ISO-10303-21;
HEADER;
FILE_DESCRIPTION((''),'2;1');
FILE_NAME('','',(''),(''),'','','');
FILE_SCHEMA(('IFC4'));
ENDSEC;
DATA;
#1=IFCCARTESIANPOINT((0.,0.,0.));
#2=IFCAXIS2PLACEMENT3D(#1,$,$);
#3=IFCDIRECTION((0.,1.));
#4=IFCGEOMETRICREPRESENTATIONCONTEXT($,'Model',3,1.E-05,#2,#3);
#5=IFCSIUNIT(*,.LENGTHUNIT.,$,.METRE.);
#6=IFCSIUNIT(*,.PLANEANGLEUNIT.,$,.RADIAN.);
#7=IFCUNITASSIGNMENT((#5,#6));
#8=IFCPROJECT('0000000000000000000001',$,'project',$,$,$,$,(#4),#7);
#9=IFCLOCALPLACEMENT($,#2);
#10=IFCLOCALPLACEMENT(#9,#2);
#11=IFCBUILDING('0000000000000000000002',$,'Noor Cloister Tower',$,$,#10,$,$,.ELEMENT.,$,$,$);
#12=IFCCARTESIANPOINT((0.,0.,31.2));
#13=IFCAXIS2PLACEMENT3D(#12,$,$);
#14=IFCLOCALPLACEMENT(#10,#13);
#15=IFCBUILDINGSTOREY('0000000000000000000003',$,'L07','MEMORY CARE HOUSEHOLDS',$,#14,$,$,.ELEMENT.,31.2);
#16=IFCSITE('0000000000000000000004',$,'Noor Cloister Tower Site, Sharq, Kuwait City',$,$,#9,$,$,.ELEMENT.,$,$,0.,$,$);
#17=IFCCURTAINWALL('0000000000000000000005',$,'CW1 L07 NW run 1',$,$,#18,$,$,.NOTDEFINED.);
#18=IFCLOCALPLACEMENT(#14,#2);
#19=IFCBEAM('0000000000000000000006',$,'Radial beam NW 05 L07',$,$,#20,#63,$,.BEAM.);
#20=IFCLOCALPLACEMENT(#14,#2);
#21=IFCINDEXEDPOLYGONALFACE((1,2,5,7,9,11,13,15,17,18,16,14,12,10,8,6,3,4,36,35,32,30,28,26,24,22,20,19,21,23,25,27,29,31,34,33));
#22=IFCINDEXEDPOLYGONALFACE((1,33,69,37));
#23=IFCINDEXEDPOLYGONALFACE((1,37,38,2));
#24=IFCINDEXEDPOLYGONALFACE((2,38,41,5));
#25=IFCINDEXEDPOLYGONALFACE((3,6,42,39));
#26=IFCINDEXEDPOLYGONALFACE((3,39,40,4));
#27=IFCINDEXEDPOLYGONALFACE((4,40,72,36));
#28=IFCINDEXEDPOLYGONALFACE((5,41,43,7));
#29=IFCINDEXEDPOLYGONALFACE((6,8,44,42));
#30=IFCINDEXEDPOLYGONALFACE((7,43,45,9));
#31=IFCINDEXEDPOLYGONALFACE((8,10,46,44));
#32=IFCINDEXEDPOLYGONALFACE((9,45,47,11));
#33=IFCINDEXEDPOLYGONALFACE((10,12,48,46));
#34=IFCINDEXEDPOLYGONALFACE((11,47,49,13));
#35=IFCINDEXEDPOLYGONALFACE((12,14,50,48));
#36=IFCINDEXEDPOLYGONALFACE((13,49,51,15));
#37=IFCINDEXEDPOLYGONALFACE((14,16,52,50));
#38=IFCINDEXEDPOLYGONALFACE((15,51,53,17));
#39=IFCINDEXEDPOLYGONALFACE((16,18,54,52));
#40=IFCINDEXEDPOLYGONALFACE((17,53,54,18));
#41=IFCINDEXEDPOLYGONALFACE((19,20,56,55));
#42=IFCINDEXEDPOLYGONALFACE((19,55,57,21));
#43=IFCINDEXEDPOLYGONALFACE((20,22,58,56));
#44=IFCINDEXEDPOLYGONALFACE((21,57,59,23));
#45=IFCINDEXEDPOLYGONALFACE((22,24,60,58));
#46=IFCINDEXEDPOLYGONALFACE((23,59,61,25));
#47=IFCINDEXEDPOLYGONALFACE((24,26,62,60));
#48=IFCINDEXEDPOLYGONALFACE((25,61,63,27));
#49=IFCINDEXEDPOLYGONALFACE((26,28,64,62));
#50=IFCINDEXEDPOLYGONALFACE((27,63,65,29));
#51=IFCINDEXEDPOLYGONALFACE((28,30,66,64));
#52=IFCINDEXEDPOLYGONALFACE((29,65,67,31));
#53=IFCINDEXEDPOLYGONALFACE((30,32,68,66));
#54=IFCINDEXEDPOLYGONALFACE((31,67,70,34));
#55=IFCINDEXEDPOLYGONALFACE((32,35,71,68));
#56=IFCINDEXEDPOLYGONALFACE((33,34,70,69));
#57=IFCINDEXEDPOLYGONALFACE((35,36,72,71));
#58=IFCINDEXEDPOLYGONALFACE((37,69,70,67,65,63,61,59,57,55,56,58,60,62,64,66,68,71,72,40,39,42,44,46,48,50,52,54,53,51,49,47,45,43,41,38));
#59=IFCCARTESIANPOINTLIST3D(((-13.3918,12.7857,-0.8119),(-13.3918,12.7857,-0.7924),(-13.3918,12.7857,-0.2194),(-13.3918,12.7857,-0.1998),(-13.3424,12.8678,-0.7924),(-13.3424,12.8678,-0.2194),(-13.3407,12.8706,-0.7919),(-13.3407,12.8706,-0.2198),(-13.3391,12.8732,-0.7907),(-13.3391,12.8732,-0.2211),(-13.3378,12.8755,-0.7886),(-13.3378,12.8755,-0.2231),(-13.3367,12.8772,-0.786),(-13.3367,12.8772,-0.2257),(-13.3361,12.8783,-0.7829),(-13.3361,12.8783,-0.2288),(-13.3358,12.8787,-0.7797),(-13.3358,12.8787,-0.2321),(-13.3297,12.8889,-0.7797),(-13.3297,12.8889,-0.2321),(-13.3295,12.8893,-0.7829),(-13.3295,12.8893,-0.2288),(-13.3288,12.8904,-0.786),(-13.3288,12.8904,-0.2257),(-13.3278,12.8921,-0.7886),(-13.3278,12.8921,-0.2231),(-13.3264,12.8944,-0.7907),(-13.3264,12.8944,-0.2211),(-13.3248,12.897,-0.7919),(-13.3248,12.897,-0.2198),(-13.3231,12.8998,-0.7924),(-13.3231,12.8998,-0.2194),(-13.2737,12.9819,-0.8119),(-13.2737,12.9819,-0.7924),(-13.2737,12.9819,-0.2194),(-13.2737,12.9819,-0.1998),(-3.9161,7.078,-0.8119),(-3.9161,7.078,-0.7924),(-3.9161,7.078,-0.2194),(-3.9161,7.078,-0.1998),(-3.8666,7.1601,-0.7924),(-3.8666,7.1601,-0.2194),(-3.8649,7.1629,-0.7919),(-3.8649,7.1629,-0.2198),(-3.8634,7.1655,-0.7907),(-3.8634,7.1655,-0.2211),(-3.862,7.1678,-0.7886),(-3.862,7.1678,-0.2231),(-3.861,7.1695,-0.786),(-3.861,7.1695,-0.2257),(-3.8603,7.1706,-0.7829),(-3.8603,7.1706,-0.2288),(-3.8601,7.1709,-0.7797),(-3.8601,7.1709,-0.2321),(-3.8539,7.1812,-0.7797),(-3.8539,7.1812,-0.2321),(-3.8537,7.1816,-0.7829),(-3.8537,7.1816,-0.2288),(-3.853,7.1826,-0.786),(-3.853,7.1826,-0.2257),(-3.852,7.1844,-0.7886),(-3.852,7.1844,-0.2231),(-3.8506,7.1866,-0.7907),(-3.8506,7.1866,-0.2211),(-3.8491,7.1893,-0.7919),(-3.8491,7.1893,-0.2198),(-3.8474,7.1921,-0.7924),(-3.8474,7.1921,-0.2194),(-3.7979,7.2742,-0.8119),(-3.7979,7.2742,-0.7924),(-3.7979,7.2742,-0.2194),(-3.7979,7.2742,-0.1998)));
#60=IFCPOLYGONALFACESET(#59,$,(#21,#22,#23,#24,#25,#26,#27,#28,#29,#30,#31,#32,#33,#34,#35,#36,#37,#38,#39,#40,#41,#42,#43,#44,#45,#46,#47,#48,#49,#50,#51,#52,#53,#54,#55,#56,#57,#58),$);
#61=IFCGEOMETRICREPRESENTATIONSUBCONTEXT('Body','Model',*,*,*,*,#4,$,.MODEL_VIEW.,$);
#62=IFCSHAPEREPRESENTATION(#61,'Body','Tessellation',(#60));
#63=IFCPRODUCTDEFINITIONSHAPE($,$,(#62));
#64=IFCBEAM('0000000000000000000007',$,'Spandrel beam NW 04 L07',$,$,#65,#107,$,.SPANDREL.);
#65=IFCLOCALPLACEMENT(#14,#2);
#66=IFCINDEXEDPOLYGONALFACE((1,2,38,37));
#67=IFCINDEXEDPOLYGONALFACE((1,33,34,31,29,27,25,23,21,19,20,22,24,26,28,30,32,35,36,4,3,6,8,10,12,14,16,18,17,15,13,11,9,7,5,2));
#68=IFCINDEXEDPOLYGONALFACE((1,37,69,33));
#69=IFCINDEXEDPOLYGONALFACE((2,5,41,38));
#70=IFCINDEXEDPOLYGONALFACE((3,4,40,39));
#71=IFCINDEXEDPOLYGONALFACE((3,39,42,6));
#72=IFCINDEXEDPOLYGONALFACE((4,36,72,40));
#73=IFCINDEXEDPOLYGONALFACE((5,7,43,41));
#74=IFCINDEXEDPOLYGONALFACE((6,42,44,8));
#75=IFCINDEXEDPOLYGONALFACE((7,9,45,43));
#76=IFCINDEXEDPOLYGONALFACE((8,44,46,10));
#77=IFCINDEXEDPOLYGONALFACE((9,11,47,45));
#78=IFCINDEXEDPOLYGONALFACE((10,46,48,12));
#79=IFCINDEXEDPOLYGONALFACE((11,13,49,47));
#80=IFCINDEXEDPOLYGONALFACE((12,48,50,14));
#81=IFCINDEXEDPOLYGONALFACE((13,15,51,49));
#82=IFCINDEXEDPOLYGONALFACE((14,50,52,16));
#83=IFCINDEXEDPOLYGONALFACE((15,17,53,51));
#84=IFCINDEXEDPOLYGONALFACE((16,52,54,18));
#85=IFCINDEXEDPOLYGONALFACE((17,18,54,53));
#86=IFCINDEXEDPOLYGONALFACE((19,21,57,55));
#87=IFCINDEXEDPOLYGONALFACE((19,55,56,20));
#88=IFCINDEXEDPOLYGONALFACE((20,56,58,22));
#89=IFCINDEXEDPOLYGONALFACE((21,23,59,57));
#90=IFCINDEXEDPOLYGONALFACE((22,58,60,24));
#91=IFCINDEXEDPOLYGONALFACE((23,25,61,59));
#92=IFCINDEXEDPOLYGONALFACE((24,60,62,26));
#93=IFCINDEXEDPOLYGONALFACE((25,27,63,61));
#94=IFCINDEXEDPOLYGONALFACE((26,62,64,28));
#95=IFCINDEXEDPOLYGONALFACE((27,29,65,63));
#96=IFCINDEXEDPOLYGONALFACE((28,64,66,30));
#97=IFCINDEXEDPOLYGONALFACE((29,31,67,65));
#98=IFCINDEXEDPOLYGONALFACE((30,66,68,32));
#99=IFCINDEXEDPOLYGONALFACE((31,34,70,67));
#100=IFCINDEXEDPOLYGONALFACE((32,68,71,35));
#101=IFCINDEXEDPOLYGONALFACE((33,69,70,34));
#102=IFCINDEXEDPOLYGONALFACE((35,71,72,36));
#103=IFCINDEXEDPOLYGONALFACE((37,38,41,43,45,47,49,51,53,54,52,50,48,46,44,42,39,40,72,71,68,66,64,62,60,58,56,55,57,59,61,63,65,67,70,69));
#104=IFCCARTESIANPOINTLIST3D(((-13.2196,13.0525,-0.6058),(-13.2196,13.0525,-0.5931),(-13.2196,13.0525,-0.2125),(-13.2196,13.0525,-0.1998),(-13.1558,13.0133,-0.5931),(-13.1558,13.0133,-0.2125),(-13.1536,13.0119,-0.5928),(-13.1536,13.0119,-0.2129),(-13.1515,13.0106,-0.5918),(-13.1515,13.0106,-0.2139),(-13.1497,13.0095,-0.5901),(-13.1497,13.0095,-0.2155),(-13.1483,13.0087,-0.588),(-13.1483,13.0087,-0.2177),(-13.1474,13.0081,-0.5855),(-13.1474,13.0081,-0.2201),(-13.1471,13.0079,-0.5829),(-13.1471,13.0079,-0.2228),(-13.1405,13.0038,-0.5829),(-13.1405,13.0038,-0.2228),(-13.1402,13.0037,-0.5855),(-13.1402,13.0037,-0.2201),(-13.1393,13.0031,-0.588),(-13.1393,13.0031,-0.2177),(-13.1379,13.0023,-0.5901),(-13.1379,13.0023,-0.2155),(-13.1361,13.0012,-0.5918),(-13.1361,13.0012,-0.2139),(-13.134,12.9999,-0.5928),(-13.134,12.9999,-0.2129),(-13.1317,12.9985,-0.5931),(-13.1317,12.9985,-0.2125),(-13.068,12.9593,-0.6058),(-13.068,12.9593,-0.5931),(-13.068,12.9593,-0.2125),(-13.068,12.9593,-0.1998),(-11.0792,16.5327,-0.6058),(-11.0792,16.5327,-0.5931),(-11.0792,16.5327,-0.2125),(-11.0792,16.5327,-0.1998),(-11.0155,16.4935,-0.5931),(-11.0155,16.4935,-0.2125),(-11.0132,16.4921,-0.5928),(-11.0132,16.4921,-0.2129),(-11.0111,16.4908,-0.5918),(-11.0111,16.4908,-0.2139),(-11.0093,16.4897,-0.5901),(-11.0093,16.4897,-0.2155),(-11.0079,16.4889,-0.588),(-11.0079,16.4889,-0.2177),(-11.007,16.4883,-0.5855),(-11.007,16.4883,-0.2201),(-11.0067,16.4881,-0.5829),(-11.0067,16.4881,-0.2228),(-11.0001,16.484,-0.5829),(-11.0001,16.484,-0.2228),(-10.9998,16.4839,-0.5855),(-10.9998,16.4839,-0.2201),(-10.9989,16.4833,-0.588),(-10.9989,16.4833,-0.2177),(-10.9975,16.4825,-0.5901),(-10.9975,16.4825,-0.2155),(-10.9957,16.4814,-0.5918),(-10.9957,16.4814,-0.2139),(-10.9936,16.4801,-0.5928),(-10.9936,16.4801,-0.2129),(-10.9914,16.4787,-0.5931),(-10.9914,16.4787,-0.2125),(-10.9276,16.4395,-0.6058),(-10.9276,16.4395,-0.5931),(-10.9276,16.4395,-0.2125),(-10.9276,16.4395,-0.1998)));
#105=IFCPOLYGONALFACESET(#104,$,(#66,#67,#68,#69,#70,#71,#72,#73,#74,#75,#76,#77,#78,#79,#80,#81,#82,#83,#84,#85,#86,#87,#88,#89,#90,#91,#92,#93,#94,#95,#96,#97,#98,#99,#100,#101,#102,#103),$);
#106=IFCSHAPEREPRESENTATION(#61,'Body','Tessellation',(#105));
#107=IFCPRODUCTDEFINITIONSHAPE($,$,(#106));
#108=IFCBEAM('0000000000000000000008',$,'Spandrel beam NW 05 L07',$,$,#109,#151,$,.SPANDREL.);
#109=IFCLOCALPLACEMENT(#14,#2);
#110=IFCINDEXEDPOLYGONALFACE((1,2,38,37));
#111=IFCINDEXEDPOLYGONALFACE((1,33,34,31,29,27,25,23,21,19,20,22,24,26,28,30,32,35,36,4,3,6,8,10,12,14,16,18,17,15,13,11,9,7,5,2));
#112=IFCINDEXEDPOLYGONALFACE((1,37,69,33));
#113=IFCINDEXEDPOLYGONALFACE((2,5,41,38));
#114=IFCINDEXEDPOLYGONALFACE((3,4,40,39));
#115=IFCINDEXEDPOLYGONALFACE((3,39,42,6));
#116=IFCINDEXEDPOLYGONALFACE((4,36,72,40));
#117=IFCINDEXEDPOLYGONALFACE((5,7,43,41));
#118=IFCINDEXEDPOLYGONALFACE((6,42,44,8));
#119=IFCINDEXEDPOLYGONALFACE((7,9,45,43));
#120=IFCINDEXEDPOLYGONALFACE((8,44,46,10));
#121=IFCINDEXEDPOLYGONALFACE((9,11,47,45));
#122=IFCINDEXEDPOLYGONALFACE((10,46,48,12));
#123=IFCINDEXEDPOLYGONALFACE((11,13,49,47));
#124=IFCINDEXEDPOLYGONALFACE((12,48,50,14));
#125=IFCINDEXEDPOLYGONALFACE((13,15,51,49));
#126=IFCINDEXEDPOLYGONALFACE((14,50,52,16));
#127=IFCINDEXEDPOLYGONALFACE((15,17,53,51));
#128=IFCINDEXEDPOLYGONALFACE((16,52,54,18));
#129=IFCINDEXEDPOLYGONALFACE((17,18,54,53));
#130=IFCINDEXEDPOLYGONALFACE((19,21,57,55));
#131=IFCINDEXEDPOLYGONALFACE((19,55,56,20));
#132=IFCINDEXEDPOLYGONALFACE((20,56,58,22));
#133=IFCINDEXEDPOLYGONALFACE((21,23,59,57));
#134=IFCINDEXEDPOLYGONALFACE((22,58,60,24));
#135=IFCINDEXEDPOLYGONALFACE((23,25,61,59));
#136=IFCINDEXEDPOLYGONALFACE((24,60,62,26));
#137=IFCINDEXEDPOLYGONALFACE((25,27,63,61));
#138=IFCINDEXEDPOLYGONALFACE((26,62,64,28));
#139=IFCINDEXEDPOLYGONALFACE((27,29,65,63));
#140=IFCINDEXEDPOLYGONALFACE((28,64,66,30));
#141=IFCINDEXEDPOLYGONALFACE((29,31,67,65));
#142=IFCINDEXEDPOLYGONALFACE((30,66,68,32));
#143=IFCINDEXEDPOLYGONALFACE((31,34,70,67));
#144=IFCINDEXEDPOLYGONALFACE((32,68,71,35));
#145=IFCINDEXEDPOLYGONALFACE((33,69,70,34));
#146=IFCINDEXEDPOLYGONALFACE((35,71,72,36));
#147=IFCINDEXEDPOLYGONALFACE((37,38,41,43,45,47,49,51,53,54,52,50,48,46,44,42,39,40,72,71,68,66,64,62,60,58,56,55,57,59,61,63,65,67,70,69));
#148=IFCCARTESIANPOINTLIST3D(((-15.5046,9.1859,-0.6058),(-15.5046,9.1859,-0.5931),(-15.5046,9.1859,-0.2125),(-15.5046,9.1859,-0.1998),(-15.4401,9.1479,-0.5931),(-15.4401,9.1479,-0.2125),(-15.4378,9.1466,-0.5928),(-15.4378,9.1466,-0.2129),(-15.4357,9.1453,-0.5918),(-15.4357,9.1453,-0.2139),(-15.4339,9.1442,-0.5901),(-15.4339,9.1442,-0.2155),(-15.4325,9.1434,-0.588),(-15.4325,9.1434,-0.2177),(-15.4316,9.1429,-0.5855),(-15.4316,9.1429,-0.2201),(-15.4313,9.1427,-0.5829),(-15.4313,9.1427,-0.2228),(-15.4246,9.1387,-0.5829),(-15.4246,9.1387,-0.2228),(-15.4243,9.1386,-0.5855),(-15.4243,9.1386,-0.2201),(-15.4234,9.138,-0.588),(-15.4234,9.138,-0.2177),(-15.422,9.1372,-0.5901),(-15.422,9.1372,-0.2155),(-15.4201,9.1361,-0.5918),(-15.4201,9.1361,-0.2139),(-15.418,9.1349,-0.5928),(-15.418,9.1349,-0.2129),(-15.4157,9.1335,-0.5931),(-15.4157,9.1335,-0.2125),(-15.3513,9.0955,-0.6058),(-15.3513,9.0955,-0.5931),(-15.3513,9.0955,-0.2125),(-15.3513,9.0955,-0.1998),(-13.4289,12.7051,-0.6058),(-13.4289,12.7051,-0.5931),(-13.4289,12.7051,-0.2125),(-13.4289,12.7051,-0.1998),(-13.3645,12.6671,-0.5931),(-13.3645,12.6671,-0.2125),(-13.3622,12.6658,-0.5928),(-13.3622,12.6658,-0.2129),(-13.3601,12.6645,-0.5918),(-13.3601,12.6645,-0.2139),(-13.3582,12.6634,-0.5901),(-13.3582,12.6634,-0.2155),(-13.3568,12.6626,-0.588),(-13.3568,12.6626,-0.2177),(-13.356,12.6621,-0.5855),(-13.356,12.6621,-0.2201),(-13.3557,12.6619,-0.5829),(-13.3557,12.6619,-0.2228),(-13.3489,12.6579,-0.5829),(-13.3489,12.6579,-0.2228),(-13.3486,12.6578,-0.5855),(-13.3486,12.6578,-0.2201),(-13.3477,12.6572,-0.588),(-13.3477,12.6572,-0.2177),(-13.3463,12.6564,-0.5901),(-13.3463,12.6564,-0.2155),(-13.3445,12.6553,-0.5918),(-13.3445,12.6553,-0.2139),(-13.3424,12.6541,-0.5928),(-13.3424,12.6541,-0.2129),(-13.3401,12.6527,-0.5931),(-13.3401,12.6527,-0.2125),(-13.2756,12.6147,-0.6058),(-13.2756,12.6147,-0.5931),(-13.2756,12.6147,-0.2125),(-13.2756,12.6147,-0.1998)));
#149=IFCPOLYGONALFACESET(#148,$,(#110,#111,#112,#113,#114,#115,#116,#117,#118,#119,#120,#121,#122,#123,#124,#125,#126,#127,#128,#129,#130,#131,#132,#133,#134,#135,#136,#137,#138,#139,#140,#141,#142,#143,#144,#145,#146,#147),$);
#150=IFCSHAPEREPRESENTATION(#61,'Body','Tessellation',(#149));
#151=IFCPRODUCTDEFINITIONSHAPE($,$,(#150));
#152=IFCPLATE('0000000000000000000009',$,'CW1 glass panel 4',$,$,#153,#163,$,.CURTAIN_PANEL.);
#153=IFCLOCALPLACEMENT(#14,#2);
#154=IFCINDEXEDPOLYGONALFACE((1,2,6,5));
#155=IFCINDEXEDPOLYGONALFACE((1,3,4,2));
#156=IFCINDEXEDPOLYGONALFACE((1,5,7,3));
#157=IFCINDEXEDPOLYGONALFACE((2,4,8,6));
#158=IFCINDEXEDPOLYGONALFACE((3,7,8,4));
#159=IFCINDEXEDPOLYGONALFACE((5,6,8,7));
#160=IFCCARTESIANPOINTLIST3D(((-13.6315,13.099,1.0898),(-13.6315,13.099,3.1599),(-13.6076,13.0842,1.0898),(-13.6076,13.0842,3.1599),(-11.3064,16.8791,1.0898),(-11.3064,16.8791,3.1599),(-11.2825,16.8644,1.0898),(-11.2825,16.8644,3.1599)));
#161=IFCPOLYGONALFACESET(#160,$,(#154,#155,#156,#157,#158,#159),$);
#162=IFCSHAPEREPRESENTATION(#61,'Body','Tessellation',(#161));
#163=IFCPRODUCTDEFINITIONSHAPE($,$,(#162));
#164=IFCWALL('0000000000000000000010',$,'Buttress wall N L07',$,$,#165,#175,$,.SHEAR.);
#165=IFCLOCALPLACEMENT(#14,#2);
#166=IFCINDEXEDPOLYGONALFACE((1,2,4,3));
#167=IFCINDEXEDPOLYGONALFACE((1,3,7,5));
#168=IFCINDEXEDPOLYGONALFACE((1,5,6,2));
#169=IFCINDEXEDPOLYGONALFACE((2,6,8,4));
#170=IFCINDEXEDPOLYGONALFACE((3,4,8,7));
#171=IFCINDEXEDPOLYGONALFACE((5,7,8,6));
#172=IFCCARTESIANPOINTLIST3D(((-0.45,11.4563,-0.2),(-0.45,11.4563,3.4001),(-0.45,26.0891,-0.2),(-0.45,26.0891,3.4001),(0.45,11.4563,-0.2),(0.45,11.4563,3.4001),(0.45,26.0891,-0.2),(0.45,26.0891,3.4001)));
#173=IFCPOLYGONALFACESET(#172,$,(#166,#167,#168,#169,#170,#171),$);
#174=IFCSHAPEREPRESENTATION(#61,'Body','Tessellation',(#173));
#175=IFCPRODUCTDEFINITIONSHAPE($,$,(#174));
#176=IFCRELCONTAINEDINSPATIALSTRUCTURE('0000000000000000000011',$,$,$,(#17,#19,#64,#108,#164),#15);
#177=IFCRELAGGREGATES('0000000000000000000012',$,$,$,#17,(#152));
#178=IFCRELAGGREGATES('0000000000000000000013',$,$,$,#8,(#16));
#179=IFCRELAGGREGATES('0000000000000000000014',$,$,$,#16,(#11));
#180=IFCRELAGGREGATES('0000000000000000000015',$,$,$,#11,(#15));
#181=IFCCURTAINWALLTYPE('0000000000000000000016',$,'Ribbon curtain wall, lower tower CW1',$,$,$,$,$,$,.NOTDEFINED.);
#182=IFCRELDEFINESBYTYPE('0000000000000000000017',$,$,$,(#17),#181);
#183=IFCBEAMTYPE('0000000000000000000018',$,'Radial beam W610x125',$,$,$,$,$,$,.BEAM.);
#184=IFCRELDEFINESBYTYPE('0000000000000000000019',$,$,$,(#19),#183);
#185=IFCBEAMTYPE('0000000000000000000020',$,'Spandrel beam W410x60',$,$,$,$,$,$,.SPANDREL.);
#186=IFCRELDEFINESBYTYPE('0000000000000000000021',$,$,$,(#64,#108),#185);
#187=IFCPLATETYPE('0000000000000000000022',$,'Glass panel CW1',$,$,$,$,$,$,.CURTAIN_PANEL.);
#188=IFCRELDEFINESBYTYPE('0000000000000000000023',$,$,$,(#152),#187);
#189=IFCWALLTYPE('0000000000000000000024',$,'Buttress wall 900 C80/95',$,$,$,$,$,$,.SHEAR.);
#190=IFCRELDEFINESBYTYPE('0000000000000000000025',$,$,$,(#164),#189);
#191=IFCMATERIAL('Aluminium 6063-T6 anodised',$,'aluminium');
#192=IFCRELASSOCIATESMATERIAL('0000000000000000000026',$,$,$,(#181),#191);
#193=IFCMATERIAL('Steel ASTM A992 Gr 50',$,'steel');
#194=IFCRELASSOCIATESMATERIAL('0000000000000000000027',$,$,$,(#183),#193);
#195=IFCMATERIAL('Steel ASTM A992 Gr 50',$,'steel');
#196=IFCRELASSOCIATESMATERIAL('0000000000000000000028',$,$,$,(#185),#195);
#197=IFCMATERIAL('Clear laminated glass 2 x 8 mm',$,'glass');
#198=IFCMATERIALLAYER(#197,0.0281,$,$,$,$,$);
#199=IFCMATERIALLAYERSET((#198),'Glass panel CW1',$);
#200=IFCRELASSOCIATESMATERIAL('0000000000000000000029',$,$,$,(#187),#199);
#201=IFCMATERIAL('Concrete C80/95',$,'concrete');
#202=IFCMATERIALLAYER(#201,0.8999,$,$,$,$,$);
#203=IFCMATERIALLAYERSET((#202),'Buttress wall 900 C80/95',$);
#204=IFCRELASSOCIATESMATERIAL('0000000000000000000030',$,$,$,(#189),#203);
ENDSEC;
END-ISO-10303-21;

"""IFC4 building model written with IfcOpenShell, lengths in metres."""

from ifc_helpers import new_model, si_unit, direction, frame, frame_2d, origin, origin_2d, place, context, subcontext, project, spatial, rectangle, i_section, extrude, material, layer, layer_set, material_profile, profile_set, type_object, element, aggregate, save


model = new_model("IFC4")

# Units and contexts
model_context = context("Model", 3, precision=1e-05, world=origin(), true_north=direction((0.0, 1.0)))
body_context = subcontext(model_context, "Body", "Model", "MODEL_VIEW")
ifc_project = project(units=[si_unit("LENGTHUNIT", "METRE"), si_unit("PLANEANGLEUNIT", "RADIAN")], contexts=[model_context])

# Site, building, storey
site_placement = place(None, origin())
site = spatial("IfcSite", under=ifc_project, at=site_placement, Name="Noor Cloister Tower Site, Sharq, Kuwait City", CompositionType="ELEMENT", RefElevation=0.0)
building_placement = place(site_placement, origin())
building = spatial("IfcBuilding", under=site, at=building_placement, Name="Noor Cloister Tower", CompositionType="ELEMENT")
storey_placement = place(building_placement, frame((0.0, 0.0, 31.2)))
storey = spatial("IfcBuildingStorey", under=building, at=storey_placement, Name="L07", Description="MEMORY CARE HOUSEHOLDS", CompositionType="ELEMENT", Elevation=31.2)

# Curtain wall
ifc_material_1 = material(Name="Aluminium 6063-T6 anodised", Category="aluminium")
curtain_wall_type = type_object("IfcCurtainWallType", Name="Ribbon curtain wall, lower tower CW1", PredefinedType="NOTDEFINED", material=ifc_material_1)
curtain_wall_placement = place(storey_placement, origin())
curtain_wall = element("IfcCurtainWall", 1, at=curtain_wall_placement, inside=storey, type_object=curtain_wall_type, Name="CW1 L07 NW run 1", PredefinedType="NOTDEFINED")

# Beams
ifc_material_2 = material(Name="Steel ASTM A992 Gr 50", Category="steel")
ifc_material_profile_1 = material_profile(ifc_material_2, i_section(OverallWidth=0.229, OverallDepth=0.6121, WebThickness=0.012, FlangeThickness=0.0195, FilletRadius=0.0127, at=origin_2d()), Name="W610x125")
ifc_profile_set_1 = profile_set([ifc_material_profile_1], Name="Steel ASTM A992 Gr 50")
beam_type_1 = type_object("IfcBeamType", Name="Radial beam W610x125", PredefinedType="BEAM", material=ifc_profile_set_1)
beam_1_placement = place(storey_placement, frame((-13.3328, 12.8838, -0.5059), z_axis=(0.856604, -0.515975, 0.0), x_axis=(0.515975, 0.856604, 0.0)))
element("IfcBeam", 2, at=beam_1_placement, inside=storey, type_object=beam_type_1, Name="Radial beam NW 05 L07", PredefinedType="BEAM", context=body_context, shape_type="SweptSolid", body=[
    extrude(i_section(OverallWidth=0.229, OverallDepth=0.6121, WebThickness=0.012, FlangeThickness=0.0195, FilletRadius=0.0127, at=origin_2d()), origin(), (0.0, 0.0, 1.0), 11.062),
])
ifc_material_3 = material(Name="Steel ASTM A992 Gr 50", Category="steel")
ifc_material_profile_2 = material_profile(ifc_material_3, i_section(OverallWidth=0.178, OverallDepth=0.406, WebThickness=0.0078, FlangeThickness=0.0127, FilletRadius=0.0103, at=origin_2d()), Name="W410x60")
ifc_profile_set_2 = profile_set([ifc_material_profile_2], Name="Steel ASTM A992 Gr 50")
beam_type_2 = type_object("IfcBeamType", Name="Spandrel beam W410x60", PredefinedType="SPANDREL", material=ifc_profile_set_2)
for number, where, z_axis, x_axis, name in (
    (3, (-11.0034, 16.4861, -0.4028), (-0.523867, -0.8518, 0.0), (0.8518, -0.523867, 0.0), "Spandrel beam NW 04 L07"),
    (4, (-13.3523, 12.6599, -0.4028), (-0.508023, -0.861344, 0.0), (0.861344, -0.508023, 0.0), "Spandrel beam NW 05 L07"),
):
    element("IfcBeam", number, at=place(storey_placement, frame(where, z_axis=z_axis, x_axis=x_axis)), inside=storey, type_object=beam_type_2, Name=name, PredefinedType="SPANDREL", context=body_context, shape_type="SweptSolid", body=[
        extrude(i_section(OverallWidth=0.178, OverallDepth=0.406, WebThickness=0.0078, FlangeThickness=0.0127, FilletRadius=0.0103, at=origin_2d()), origin(), (0.0, 0.0, 1.0), 4.0857),
    ])

# Plate
ifc_material_4 = material(Name="Clear laminated glass 2 x 8 mm", Category="glass")
ifc_layer_1 = layer(ifc_material_4, 0.0281)
ifc_layer_set_1 = layer_set([ifc_layer_1], Name="Glass panel CW1")
plate_type = type_object("IfcPlateType", Name="Glass panel CW1", PredefinedType="CURTAIN_PANEL", material=ifc_layer_set_1)
plate_placement = place(storey_placement, frame((-12.457, 14.9817, 1.0898), z_axis=(0.0, 0.0, 1.0), x_axis=(-0.523905, -0.851776, 0.0)))
plate = element("IfcPlate", 5, at=plate_placement, type_object=plate_type, Name="CW1 glass panel 4", PredefinedType="CURTAIN_PANEL", context=body_context, shape_type="SweptSolid", body=[
    extrude(rectangle(XDim=4.438, YDim=0.0281, at=origin_2d()), origin(), (0.0, 0.0, 1.0), 2.0701),
])
aggregate(curtain_wall, [plate])

# Wall
ifc_material_5 = material(Name="Concrete C80/95", Category="concrete")
ifc_layer_2 = layer(ifc_material_5, 0.8999)
ifc_layer_set_2 = layer_set([ifc_layer_2], Name="Buttress wall 900 C80/95")
wall_type_1 = type_object("IfcWallType", Name="Buttress wall 900 C80/95", PredefinedType="SHEAR", material=ifc_layer_set_2)
wall_1_placement = place(storey_placement, frame((0.0, 11.4563, -0.2), z_axis=(0.0, 0.0, 1.0), x_axis=(0.0, 1.0, 0.0)))
element("IfcWall", 6, at=wall_1_placement, inside=storey, type_object=wall_type_1, Name="Buttress wall N L07", PredefinedType="SHEAR", context=body_context, shape_type="SweptSolid", body=[
    extrude(rectangle(XDim=14.6328, YDim=0.8999, at=frame_2d((7.3164, 0.0))), origin(), (0.0, 0.0, 1.0), 3.6001),
])

save(model, "model.ifc")
